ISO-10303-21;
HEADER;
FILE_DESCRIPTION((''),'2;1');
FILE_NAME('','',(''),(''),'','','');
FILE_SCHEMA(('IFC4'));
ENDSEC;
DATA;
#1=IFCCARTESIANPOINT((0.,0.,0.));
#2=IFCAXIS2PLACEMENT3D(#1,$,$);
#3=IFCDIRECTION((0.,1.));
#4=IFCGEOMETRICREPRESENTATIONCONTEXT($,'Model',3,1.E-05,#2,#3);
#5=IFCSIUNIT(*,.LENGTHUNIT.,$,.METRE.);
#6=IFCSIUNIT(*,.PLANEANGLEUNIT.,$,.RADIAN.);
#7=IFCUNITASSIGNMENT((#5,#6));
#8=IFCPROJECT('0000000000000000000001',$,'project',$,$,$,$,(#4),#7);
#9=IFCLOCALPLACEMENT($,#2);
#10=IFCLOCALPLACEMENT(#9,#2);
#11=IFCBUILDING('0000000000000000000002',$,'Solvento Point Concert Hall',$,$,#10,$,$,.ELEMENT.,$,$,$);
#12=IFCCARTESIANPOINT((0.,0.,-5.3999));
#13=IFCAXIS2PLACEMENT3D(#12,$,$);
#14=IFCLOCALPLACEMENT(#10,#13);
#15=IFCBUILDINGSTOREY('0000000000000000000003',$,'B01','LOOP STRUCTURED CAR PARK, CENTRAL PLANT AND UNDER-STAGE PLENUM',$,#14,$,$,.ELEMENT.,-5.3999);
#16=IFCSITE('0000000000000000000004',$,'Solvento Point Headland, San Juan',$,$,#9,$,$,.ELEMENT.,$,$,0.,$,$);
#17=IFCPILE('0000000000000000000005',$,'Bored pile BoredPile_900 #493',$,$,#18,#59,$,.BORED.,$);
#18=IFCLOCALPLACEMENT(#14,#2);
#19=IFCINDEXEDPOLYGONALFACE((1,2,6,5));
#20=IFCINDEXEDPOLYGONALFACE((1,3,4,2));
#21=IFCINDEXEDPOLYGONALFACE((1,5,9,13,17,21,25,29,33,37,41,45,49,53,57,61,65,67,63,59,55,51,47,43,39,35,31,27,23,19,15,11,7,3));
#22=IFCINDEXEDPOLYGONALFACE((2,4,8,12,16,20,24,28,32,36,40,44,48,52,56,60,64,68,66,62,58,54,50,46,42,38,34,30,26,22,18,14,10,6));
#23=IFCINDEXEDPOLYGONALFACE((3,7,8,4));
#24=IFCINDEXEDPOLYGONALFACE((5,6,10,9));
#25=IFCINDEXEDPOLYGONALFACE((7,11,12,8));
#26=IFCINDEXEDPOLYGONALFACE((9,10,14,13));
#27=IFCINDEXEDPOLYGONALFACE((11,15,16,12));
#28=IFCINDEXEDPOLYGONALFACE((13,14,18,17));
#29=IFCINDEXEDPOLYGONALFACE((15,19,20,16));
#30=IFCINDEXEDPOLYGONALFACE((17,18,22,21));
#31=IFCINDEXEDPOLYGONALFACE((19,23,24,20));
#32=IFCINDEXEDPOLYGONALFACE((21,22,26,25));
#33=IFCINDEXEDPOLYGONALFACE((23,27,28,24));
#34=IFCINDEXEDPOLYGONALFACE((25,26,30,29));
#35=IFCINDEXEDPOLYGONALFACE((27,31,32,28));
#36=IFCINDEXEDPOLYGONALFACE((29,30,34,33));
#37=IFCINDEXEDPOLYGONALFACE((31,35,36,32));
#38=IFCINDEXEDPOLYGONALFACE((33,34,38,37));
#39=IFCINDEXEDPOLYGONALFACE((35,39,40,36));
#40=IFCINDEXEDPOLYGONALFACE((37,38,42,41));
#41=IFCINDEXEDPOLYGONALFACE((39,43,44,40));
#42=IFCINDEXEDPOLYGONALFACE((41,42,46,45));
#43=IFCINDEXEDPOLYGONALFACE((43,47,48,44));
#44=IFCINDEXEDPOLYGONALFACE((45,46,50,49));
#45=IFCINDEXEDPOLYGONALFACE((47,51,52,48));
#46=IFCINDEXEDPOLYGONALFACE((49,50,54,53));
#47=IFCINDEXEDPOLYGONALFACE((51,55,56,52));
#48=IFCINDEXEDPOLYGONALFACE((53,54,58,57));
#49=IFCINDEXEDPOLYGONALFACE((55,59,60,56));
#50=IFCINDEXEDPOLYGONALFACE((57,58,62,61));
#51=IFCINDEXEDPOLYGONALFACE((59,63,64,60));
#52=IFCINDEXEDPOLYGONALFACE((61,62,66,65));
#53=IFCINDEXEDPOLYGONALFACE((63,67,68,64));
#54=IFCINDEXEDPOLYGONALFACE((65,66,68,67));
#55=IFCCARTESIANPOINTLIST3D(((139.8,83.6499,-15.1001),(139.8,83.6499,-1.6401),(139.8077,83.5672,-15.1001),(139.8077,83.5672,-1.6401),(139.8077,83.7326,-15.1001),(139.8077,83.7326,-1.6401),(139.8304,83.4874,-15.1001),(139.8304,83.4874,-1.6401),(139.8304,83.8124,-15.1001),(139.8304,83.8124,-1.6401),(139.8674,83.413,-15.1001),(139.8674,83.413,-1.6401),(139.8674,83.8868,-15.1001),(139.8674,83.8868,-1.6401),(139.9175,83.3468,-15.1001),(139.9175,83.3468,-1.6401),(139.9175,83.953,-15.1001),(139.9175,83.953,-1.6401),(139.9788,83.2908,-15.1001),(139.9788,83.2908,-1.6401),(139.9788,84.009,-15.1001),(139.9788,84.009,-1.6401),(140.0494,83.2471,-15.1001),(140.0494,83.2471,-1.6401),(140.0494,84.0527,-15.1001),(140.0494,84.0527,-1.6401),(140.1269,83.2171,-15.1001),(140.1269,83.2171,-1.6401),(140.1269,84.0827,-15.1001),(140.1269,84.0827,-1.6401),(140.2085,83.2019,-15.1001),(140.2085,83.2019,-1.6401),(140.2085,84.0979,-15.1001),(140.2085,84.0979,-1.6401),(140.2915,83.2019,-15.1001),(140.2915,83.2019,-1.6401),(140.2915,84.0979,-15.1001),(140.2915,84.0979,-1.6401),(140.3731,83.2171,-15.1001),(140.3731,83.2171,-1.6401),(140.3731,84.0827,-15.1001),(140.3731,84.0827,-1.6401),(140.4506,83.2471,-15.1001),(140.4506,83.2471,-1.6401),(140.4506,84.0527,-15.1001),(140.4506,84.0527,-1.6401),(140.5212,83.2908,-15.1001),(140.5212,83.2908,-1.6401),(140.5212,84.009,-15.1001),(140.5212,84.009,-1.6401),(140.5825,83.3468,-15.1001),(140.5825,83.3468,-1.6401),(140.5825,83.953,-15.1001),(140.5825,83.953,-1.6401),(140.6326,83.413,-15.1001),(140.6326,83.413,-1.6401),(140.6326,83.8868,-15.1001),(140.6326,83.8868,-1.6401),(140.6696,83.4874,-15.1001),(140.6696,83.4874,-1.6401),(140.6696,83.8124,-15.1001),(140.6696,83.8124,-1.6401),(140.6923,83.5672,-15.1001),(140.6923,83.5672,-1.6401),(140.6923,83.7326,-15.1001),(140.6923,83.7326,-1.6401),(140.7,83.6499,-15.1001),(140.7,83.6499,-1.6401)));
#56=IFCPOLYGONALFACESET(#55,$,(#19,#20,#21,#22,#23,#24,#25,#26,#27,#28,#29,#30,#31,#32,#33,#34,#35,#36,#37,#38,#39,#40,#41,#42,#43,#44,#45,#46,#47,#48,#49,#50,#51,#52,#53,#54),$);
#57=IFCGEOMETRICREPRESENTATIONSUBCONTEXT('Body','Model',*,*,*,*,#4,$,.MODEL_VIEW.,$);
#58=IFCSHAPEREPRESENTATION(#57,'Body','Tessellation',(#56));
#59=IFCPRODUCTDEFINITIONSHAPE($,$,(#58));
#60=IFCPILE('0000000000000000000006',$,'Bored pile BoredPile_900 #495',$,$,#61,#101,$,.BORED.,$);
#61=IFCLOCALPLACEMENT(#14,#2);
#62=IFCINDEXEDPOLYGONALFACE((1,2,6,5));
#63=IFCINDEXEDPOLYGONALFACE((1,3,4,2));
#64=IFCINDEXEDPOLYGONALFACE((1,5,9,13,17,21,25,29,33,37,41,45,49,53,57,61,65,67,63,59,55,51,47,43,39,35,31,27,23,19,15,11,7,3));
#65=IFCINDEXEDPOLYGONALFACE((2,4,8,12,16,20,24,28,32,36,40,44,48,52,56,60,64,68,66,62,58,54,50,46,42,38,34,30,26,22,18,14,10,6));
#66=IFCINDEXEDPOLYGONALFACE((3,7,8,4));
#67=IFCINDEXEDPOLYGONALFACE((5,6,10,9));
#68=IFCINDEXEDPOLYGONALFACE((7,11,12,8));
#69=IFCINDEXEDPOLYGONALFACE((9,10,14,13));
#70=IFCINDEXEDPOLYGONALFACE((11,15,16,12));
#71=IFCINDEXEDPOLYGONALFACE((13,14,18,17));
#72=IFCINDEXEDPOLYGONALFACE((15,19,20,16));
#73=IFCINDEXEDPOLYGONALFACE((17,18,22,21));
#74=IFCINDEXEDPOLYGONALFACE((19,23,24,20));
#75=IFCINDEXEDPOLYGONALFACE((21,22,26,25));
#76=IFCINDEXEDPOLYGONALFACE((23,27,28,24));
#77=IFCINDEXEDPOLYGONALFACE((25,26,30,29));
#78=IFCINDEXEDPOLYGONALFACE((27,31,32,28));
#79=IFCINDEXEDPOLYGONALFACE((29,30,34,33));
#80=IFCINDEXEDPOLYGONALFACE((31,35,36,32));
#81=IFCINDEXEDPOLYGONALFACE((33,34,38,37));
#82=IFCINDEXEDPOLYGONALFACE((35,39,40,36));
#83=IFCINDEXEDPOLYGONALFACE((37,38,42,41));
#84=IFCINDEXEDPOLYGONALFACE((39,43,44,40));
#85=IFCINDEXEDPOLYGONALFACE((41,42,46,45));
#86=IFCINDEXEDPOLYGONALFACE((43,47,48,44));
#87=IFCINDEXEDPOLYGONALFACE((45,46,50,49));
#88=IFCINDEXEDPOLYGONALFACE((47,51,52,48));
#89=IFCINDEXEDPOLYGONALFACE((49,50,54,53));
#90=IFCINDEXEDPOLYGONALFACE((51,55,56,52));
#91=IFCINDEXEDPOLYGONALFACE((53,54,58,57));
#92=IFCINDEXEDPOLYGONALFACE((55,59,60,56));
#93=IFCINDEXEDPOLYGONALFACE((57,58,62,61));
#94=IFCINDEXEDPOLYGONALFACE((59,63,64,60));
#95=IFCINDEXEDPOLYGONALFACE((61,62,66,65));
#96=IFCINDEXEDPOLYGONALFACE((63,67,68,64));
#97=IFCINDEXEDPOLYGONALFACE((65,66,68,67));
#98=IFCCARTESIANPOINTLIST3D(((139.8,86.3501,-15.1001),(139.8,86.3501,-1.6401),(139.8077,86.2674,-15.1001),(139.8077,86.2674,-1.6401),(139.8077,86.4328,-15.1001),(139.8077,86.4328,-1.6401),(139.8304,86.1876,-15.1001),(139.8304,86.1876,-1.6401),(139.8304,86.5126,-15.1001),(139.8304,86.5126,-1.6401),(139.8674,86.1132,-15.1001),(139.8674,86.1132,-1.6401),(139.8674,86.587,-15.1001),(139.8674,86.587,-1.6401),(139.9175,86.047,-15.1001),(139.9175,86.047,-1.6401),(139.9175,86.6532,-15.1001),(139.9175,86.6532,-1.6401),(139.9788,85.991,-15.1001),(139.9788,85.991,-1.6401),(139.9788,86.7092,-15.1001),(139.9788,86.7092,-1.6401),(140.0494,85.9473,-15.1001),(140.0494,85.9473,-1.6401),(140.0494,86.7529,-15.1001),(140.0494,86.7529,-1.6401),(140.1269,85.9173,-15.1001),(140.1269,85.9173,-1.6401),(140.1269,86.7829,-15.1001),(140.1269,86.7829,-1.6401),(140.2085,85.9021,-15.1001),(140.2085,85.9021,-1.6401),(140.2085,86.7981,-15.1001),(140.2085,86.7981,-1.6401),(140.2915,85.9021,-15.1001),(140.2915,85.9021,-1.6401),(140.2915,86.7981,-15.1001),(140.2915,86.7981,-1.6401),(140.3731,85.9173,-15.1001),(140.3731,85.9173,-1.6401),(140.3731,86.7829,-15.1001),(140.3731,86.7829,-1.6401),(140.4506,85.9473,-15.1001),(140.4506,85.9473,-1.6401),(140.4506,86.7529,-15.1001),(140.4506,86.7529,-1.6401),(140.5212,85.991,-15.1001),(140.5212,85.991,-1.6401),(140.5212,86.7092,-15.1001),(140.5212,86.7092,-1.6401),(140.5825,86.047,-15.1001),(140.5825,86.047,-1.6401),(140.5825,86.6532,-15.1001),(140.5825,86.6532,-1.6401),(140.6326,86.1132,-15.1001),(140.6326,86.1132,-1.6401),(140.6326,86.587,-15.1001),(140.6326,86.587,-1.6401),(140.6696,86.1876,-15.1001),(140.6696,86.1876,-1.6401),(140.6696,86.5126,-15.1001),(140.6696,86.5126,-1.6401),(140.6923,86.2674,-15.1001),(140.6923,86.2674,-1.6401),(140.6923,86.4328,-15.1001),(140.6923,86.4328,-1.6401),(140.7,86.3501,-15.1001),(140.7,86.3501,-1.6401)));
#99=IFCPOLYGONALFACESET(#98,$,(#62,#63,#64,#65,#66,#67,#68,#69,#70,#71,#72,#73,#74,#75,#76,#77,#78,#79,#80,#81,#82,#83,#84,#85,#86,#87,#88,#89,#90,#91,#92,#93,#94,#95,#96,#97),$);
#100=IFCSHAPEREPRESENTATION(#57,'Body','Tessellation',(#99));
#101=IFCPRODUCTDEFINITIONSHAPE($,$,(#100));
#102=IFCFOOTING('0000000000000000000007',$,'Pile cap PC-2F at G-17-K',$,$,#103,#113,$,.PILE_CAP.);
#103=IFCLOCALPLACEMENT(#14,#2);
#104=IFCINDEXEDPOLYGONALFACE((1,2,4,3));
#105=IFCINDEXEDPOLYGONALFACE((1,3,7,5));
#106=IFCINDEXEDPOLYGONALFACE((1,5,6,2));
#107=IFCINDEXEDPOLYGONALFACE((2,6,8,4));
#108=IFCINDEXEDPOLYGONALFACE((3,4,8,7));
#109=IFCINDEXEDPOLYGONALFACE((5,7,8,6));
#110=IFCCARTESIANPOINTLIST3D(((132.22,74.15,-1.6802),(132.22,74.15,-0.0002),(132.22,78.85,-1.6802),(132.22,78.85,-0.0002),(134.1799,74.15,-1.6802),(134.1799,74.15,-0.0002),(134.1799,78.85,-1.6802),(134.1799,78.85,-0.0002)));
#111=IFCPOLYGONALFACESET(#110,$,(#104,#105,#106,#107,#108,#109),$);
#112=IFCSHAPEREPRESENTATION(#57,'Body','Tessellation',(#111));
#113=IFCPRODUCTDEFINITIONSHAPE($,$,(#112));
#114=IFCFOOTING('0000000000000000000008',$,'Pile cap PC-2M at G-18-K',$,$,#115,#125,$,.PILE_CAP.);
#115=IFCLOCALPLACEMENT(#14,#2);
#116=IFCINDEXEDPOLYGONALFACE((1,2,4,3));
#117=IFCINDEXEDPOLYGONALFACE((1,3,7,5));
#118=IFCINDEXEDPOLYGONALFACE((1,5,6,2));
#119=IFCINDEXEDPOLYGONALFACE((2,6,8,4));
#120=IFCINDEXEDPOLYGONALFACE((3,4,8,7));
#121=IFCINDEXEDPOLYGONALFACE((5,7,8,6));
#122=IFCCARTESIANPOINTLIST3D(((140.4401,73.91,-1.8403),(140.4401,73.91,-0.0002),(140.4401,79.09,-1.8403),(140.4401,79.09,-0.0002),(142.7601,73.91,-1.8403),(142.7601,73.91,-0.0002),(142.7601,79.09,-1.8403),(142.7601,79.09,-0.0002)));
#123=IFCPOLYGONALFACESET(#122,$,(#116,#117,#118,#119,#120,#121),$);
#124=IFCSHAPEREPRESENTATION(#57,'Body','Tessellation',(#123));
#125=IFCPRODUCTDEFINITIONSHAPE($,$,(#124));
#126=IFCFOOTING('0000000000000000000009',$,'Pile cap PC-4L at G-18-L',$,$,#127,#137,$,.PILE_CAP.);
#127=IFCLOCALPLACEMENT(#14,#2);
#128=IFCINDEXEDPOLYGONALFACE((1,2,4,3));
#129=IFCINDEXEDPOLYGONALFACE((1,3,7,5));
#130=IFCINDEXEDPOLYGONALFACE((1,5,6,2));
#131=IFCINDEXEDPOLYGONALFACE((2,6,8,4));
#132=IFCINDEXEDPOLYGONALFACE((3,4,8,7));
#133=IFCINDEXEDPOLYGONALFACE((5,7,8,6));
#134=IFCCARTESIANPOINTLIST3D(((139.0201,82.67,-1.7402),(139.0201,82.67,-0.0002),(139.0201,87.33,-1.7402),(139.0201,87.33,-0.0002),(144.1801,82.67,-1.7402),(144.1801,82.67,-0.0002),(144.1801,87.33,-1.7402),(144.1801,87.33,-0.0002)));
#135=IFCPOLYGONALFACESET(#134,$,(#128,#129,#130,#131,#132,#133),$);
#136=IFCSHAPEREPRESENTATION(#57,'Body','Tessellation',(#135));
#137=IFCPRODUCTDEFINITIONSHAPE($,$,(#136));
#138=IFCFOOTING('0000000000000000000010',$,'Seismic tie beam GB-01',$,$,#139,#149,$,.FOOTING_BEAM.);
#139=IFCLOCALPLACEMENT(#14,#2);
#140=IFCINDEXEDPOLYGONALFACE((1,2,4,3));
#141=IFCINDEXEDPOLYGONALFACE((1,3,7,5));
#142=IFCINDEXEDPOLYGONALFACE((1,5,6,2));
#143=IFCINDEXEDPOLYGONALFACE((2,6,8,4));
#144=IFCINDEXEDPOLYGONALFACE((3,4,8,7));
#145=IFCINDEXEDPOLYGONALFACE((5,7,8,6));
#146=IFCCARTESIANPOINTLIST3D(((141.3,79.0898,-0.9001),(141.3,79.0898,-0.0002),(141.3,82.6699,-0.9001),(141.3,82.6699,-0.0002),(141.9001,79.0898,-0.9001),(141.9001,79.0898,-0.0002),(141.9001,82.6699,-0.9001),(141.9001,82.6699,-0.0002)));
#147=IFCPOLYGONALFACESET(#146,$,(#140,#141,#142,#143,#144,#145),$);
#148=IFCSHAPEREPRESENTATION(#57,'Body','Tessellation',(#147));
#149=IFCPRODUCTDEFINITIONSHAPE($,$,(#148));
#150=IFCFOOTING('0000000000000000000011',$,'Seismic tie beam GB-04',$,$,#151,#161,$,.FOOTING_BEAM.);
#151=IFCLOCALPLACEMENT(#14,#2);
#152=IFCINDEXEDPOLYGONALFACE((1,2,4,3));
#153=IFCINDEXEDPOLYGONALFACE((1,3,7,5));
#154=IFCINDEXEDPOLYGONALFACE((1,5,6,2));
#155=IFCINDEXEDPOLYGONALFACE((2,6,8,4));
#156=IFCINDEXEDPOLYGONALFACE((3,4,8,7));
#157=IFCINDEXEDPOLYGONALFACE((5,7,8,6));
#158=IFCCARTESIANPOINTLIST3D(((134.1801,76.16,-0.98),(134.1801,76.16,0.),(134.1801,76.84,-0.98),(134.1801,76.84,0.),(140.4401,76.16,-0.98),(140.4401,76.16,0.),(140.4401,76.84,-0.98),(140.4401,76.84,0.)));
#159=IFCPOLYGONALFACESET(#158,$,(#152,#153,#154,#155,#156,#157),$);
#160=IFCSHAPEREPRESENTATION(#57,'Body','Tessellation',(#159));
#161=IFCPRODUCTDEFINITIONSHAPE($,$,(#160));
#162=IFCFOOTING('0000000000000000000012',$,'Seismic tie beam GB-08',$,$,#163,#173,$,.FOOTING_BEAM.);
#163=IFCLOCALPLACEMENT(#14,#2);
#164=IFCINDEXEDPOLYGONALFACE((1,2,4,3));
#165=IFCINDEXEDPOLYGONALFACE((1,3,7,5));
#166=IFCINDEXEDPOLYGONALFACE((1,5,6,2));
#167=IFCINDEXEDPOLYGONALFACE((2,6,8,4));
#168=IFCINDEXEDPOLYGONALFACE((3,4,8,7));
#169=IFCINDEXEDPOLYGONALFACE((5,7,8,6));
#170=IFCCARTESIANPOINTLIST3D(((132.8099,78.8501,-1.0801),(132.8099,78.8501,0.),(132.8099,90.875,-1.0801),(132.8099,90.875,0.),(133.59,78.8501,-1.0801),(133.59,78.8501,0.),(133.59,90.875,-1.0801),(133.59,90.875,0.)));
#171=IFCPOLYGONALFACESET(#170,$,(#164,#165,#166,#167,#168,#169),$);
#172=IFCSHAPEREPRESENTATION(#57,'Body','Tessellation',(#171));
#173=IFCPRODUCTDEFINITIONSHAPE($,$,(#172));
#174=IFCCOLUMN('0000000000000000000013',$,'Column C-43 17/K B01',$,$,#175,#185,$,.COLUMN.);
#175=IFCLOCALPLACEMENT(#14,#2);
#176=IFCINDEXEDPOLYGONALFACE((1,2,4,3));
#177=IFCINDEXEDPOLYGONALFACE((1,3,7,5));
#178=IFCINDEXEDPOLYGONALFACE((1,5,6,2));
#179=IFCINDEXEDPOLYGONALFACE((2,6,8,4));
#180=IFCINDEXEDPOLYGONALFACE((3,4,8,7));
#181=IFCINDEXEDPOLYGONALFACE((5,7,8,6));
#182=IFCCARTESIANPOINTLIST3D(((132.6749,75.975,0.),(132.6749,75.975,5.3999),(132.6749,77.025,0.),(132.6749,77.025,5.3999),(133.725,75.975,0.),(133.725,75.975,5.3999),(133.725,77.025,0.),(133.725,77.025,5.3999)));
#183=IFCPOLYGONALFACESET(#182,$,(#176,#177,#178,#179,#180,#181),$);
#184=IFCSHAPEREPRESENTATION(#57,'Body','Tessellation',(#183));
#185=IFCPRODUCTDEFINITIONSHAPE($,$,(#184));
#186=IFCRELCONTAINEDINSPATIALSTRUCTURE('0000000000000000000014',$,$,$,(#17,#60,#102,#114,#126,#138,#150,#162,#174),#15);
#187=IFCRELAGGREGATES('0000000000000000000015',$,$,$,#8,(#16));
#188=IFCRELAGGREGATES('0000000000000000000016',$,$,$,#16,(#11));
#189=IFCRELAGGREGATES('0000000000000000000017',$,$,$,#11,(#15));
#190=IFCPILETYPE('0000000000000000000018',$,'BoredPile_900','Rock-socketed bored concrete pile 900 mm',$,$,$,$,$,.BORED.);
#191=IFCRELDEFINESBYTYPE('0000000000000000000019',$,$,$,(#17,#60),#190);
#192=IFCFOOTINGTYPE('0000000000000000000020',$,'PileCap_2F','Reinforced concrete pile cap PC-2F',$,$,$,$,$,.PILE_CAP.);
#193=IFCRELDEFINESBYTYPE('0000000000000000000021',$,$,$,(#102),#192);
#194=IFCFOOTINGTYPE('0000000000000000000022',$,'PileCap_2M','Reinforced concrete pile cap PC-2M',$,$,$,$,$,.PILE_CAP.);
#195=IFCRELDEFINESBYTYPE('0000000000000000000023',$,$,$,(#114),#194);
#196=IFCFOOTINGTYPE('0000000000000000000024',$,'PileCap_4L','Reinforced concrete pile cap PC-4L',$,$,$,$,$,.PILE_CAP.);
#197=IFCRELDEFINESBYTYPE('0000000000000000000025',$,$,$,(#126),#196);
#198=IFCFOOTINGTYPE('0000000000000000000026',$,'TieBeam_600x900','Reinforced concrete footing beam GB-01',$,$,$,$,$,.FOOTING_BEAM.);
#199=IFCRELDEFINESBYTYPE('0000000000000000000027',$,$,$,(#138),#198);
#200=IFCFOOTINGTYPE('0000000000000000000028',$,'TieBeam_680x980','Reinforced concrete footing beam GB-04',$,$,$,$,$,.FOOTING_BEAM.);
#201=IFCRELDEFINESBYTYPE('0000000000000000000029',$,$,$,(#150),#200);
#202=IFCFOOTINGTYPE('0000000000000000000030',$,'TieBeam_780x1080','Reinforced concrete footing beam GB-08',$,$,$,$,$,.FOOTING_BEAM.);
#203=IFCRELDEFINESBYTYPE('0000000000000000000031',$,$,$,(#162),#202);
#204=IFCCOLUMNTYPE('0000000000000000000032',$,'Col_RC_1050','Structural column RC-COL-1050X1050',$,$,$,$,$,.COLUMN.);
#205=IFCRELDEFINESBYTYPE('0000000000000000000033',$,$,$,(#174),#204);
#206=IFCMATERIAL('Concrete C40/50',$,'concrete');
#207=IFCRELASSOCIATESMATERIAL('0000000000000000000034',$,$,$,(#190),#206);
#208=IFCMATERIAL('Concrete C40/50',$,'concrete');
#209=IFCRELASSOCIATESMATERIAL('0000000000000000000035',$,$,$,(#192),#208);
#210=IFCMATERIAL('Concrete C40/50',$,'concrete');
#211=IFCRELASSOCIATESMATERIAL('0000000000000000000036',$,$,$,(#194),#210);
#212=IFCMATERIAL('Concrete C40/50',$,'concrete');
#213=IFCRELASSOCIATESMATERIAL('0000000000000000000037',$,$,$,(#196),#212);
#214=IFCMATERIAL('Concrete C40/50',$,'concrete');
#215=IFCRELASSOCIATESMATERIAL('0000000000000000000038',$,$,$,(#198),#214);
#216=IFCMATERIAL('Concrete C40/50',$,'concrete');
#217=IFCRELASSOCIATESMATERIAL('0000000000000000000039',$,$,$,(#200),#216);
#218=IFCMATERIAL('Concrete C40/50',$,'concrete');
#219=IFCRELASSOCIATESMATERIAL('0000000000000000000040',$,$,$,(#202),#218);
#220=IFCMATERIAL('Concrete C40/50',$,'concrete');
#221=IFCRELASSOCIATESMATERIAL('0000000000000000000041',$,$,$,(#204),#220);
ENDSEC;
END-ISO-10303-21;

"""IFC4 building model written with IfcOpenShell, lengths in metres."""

from ifc_helpers import new_model, si_unit, direction, frame, origin, origin_2d, place, context, subcontext, project, spatial, rectangle, circle, extrude, material, material_profile, profile_set, type_object, element, save


model = new_model("IFC4")

# Units and contexts
model_context = context("Model", 3, precision=1e-05, world=origin(), true_north=direction((0.0, 1.0)))
body_context = subcontext(model_context, "Body", "Model", "MODEL_VIEW")
ifc_project = project(units=[si_unit("LENGTHUNIT", "METRE"), si_unit("PLANEANGLEUNIT", "RADIAN")], contexts=[model_context])

# Site, building, storey
site_placement = place(None, origin())
site = spatial("IfcSite", under=ifc_project, at=site_placement, Name="Solvento Point Headland, San Juan", CompositionType="ELEMENT", RefElevation=0.0)
building_placement = place(site_placement, origin())
building = spatial("IfcBuilding", under=site, at=building_placement, Name="Solvento Point Concert Hall", CompositionType="ELEMENT")
storey_placement = place(building_placement, frame((0.0, 0.0, -5.3999)))
storey = spatial("IfcBuildingStorey", under=building, at=storey_placement, Name="B01", Description="LOOP STRUCTURED CAR PARK, CENTRAL PLANT AND UNDER-STAGE PLENUM", CompositionType="ELEMENT", Elevation=-5.3999)

# Piles
ifc_material_1 = material(Name="Concrete C40/50", Category="concrete")
ifc_material_profile_1 = material_profile(ifc_material_1, circle(Radius=0.45, at=origin_2d()), Name="BP-900")
ifc_profile_set_1 = profile_set([ifc_material_profile_1], Name="Concrete C40/50")
pile_type = type_object("IfcPileType", Name="BoredPile_900", Description="Rock-socketed bored concrete pile 900 mm", PredefinedType="BORED", material=ifc_profile_set_1)
for number, where, z_axis, x_axis, name in (
    (1, (140.25, 83.6499, -1.6401), (0.0, 0.0, -1.0), (1.0, 0.0, 0.0), "Bored pile BoredPile_900 #493"),
    (2, (140.25, 86.3501, -1.6401), (0.0, 0.0, -1.0), (1.0, 0.0, 0.0), "Bored pile BoredPile_900 #495"),
):
    element("IfcPile", number, at=place(storey_placement, frame(where, z_axis=z_axis, x_axis=x_axis)), inside=storey, type_object=pile_type, Name=name, PredefinedType="BORED", context=body_context, shape_type="SweptSolid", body=[
        extrude(circle(Radius=0.45, at=origin_2d()), origin(), (0.0, 0.0, 1.0), 13.46),
    ])

# Footings
ifc_material_2 = material(Name="Concrete C40/50", Category="concrete")
footing_type_1 = type_object("IfcFootingType", Name="PileCap_2F", Description="Reinforced concrete pile cap PC-2F", PredefinedType="PILE_CAP", material=ifc_material_2)
footing_1_placement = place(storey_placement, frame((133.2, 76.5, -1.6802), z_axis=(0.0, 0.0, 1.0), x_axis=(1.0, 0.0, 0.0)))
element("IfcFooting", 3, at=footing_1_placement, inside=storey, type_object=footing_type_1, Name="Pile cap PC-2F at G-17-K", PredefinedType="PILE_CAP", context=body_context, shape_type="SweptSolid", body=[
    extrude(rectangle(XDim=1.96, YDim=4.7, at=origin_2d()), origin(), (0.0, 0.0, 1.0), 1.6799),
])
ifc_material_3 = material(Name="Concrete C40/50", Category="concrete")
footing_type_2 = type_object("IfcFootingType", Name="PileCap_2M", Description="Reinforced concrete pile cap PC-2M", PredefinedType="PILE_CAP", material=ifc_material_3)
footing_2_placement = place(storey_placement, frame((141.6001, 76.5, -1.8403), z_axis=(0.0, 0.0, 1.0), x_axis=(1.0, 0.0, 0.0)))
element("IfcFooting", 4, at=footing_2_placement, inside=storey, type_object=footing_type_2, Name="Pile cap PC-2M at G-18-K", PredefinedType="PILE_CAP", context=body_context, shape_type="SweptSolid", body=[
    extrude(rectangle(XDim=2.3201, YDim=5.1799, at=origin_2d()), origin(), (0.0, 0.0, 1.0), 1.8401),
])
ifc_material_4 = material(Name="Concrete C40/50", Category="concrete")
footing_type_3 = type_object("IfcFootingType", Name="PileCap_4L", Description="Reinforced concrete pile cap PC-4L", PredefinedType="PILE_CAP", material=ifc_material_4)
footing_3_placement = place(storey_placement, frame((141.6001, 85.0, -1.7402), z_axis=(0.0, 0.0, 1.0), x_axis=(1.0, 0.0, 0.0)))
element("IfcFooting", 5, at=footing_3_placement, inside=storey, type_object=footing_type_3, Name="Pile cap PC-4L at G-18-L", PredefinedType="PILE_CAP", context=body_context, shape_type="SweptSolid", body=[
    extrude(rectangle(XDim=5.1599, YDim=4.6599, at=origin_2d()), origin(), (0.0, 0.0, 1.0), 1.74),
])
ifc_material_5 = material(Name="Concrete C40/50", Category="concrete")
footing_type_4 = type_object("IfcFootingType", Name="TieBeam_600x900", Description="Reinforced concrete footing beam GB-01", PredefinedType="FOOTING_BEAM", material=ifc_material_5)
footing_4_placement = place(storey_placement, frame((141.6001, 80.8799, -0.9001), z_axis=(0.0, 0.0, 1.0), x_axis=(0.0, 1.0, 0.0)))
element("IfcFooting", 6, at=footing_4_placement, inside=storey, type_object=footing_type_4, Name="Seismic tie beam GB-01", PredefinedType="FOOTING_BEAM", context=body_context, shape_type="SweptSolid", body=[
    extrude(rectangle(XDim=3.5801, YDim=0.6001, at=origin_2d()), origin(), (0.0, 0.0, 1.0), 0.8999),
])
ifc_material_6 = material(Name="Concrete C40/50", Category="concrete")
footing_type_5 = type_object("IfcFootingType", Name="TieBeam_680x980", Description="Reinforced concrete footing beam GB-04", PredefinedType="FOOTING_BEAM", material=ifc_material_6)
footing_5_placement = place(storey_placement, frame((137.3101, 76.5, -0.98), z_axis=(0.0, 0.0, 1.0), x_axis=(1.0, 0.0, 0.0)))
element("IfcFooting", 7, at=footing_5_placement, inside=storey, type_object=footing_type_5, Name="Seismic tie beam GB-04", PredefinedType="FOOTING_BEAM", context=body_context, shape_type="SweptSolid", body=[
    extrude(rectangle(XDim=6.26, YDim=0.6799, at=origin_2d()), origin(), (0.0, 0.0, 1.0), 0.98),
])
ifc_material_7 = material(Name="Concrete C40/50", Category="concrete")
footing_type_6 = type_object("IfcFootingType", Name="TieBeam_780x1080", Description="Reinforced concrete footing beam GB-08", PredefinedType="FOOTING_BEAM", material=ifc_material_7)
footing_6_placement = place(storey_placement, frame((133.2, 84.8625, -1.0801), z_axis=(0.0, 0.0, 1.0), x_axis=(0.0, 1.0, 0.0)))
element("IfcFooting", 8, at=footing_6_placement, inside=storey, type_object=footing_type_6, Name="Seismic tie beam GB-08", PredefinedType="FOOTING_BEAM", context=body_context, shape_type="SweptSolid", body=[
    extrude(rectangle(XDim=12.0249, YDim=0.78, at=origin_2d()), origin(), (0.0, 0.0, 1.0), 1.0801),
])

# Column
ifc_material_8 = material(Name="Concrete C40/50", Category="concrete")
ifc_material_profile_2 = material_profile(ifc_material_8, rectangle(XDim=1.05, YDim=1.05, at=origin_2d()), Name="RC-COL-1050X1050")
ifc_profile_set_2 = profile_set([ifc_material_profile_2], Name="Concrete C40/50")
column_type_1 = type_object("IfcColumnType", Name="Col_RC_1050", Description="Structural column RC-COL-1050X1050", PredefinedType="COLUMN", material=ifc_profile_set_2)
column_1_placement = place(storey_placement, frame((133.2, 76.5, 0.0), z_axis=(0.0, 0.0, 1.0), x_axis=(1.0, 0.0, 0.0)))
element("IfcColumn", 9, at=column_1_placement, inside=storey, type_object=column_type_1, Name="Column C-43 17/K B01", PredefinedType="COLUMN", context=body_context, shape_type="SweptSolid", body=[
    extrude(rectangle(XDim=1.05, YDim=1.05, at=origin_2d()), origin(), (0.0, 0.0, 1.0), 5.3999),
])

save(model, "model.ifc")
